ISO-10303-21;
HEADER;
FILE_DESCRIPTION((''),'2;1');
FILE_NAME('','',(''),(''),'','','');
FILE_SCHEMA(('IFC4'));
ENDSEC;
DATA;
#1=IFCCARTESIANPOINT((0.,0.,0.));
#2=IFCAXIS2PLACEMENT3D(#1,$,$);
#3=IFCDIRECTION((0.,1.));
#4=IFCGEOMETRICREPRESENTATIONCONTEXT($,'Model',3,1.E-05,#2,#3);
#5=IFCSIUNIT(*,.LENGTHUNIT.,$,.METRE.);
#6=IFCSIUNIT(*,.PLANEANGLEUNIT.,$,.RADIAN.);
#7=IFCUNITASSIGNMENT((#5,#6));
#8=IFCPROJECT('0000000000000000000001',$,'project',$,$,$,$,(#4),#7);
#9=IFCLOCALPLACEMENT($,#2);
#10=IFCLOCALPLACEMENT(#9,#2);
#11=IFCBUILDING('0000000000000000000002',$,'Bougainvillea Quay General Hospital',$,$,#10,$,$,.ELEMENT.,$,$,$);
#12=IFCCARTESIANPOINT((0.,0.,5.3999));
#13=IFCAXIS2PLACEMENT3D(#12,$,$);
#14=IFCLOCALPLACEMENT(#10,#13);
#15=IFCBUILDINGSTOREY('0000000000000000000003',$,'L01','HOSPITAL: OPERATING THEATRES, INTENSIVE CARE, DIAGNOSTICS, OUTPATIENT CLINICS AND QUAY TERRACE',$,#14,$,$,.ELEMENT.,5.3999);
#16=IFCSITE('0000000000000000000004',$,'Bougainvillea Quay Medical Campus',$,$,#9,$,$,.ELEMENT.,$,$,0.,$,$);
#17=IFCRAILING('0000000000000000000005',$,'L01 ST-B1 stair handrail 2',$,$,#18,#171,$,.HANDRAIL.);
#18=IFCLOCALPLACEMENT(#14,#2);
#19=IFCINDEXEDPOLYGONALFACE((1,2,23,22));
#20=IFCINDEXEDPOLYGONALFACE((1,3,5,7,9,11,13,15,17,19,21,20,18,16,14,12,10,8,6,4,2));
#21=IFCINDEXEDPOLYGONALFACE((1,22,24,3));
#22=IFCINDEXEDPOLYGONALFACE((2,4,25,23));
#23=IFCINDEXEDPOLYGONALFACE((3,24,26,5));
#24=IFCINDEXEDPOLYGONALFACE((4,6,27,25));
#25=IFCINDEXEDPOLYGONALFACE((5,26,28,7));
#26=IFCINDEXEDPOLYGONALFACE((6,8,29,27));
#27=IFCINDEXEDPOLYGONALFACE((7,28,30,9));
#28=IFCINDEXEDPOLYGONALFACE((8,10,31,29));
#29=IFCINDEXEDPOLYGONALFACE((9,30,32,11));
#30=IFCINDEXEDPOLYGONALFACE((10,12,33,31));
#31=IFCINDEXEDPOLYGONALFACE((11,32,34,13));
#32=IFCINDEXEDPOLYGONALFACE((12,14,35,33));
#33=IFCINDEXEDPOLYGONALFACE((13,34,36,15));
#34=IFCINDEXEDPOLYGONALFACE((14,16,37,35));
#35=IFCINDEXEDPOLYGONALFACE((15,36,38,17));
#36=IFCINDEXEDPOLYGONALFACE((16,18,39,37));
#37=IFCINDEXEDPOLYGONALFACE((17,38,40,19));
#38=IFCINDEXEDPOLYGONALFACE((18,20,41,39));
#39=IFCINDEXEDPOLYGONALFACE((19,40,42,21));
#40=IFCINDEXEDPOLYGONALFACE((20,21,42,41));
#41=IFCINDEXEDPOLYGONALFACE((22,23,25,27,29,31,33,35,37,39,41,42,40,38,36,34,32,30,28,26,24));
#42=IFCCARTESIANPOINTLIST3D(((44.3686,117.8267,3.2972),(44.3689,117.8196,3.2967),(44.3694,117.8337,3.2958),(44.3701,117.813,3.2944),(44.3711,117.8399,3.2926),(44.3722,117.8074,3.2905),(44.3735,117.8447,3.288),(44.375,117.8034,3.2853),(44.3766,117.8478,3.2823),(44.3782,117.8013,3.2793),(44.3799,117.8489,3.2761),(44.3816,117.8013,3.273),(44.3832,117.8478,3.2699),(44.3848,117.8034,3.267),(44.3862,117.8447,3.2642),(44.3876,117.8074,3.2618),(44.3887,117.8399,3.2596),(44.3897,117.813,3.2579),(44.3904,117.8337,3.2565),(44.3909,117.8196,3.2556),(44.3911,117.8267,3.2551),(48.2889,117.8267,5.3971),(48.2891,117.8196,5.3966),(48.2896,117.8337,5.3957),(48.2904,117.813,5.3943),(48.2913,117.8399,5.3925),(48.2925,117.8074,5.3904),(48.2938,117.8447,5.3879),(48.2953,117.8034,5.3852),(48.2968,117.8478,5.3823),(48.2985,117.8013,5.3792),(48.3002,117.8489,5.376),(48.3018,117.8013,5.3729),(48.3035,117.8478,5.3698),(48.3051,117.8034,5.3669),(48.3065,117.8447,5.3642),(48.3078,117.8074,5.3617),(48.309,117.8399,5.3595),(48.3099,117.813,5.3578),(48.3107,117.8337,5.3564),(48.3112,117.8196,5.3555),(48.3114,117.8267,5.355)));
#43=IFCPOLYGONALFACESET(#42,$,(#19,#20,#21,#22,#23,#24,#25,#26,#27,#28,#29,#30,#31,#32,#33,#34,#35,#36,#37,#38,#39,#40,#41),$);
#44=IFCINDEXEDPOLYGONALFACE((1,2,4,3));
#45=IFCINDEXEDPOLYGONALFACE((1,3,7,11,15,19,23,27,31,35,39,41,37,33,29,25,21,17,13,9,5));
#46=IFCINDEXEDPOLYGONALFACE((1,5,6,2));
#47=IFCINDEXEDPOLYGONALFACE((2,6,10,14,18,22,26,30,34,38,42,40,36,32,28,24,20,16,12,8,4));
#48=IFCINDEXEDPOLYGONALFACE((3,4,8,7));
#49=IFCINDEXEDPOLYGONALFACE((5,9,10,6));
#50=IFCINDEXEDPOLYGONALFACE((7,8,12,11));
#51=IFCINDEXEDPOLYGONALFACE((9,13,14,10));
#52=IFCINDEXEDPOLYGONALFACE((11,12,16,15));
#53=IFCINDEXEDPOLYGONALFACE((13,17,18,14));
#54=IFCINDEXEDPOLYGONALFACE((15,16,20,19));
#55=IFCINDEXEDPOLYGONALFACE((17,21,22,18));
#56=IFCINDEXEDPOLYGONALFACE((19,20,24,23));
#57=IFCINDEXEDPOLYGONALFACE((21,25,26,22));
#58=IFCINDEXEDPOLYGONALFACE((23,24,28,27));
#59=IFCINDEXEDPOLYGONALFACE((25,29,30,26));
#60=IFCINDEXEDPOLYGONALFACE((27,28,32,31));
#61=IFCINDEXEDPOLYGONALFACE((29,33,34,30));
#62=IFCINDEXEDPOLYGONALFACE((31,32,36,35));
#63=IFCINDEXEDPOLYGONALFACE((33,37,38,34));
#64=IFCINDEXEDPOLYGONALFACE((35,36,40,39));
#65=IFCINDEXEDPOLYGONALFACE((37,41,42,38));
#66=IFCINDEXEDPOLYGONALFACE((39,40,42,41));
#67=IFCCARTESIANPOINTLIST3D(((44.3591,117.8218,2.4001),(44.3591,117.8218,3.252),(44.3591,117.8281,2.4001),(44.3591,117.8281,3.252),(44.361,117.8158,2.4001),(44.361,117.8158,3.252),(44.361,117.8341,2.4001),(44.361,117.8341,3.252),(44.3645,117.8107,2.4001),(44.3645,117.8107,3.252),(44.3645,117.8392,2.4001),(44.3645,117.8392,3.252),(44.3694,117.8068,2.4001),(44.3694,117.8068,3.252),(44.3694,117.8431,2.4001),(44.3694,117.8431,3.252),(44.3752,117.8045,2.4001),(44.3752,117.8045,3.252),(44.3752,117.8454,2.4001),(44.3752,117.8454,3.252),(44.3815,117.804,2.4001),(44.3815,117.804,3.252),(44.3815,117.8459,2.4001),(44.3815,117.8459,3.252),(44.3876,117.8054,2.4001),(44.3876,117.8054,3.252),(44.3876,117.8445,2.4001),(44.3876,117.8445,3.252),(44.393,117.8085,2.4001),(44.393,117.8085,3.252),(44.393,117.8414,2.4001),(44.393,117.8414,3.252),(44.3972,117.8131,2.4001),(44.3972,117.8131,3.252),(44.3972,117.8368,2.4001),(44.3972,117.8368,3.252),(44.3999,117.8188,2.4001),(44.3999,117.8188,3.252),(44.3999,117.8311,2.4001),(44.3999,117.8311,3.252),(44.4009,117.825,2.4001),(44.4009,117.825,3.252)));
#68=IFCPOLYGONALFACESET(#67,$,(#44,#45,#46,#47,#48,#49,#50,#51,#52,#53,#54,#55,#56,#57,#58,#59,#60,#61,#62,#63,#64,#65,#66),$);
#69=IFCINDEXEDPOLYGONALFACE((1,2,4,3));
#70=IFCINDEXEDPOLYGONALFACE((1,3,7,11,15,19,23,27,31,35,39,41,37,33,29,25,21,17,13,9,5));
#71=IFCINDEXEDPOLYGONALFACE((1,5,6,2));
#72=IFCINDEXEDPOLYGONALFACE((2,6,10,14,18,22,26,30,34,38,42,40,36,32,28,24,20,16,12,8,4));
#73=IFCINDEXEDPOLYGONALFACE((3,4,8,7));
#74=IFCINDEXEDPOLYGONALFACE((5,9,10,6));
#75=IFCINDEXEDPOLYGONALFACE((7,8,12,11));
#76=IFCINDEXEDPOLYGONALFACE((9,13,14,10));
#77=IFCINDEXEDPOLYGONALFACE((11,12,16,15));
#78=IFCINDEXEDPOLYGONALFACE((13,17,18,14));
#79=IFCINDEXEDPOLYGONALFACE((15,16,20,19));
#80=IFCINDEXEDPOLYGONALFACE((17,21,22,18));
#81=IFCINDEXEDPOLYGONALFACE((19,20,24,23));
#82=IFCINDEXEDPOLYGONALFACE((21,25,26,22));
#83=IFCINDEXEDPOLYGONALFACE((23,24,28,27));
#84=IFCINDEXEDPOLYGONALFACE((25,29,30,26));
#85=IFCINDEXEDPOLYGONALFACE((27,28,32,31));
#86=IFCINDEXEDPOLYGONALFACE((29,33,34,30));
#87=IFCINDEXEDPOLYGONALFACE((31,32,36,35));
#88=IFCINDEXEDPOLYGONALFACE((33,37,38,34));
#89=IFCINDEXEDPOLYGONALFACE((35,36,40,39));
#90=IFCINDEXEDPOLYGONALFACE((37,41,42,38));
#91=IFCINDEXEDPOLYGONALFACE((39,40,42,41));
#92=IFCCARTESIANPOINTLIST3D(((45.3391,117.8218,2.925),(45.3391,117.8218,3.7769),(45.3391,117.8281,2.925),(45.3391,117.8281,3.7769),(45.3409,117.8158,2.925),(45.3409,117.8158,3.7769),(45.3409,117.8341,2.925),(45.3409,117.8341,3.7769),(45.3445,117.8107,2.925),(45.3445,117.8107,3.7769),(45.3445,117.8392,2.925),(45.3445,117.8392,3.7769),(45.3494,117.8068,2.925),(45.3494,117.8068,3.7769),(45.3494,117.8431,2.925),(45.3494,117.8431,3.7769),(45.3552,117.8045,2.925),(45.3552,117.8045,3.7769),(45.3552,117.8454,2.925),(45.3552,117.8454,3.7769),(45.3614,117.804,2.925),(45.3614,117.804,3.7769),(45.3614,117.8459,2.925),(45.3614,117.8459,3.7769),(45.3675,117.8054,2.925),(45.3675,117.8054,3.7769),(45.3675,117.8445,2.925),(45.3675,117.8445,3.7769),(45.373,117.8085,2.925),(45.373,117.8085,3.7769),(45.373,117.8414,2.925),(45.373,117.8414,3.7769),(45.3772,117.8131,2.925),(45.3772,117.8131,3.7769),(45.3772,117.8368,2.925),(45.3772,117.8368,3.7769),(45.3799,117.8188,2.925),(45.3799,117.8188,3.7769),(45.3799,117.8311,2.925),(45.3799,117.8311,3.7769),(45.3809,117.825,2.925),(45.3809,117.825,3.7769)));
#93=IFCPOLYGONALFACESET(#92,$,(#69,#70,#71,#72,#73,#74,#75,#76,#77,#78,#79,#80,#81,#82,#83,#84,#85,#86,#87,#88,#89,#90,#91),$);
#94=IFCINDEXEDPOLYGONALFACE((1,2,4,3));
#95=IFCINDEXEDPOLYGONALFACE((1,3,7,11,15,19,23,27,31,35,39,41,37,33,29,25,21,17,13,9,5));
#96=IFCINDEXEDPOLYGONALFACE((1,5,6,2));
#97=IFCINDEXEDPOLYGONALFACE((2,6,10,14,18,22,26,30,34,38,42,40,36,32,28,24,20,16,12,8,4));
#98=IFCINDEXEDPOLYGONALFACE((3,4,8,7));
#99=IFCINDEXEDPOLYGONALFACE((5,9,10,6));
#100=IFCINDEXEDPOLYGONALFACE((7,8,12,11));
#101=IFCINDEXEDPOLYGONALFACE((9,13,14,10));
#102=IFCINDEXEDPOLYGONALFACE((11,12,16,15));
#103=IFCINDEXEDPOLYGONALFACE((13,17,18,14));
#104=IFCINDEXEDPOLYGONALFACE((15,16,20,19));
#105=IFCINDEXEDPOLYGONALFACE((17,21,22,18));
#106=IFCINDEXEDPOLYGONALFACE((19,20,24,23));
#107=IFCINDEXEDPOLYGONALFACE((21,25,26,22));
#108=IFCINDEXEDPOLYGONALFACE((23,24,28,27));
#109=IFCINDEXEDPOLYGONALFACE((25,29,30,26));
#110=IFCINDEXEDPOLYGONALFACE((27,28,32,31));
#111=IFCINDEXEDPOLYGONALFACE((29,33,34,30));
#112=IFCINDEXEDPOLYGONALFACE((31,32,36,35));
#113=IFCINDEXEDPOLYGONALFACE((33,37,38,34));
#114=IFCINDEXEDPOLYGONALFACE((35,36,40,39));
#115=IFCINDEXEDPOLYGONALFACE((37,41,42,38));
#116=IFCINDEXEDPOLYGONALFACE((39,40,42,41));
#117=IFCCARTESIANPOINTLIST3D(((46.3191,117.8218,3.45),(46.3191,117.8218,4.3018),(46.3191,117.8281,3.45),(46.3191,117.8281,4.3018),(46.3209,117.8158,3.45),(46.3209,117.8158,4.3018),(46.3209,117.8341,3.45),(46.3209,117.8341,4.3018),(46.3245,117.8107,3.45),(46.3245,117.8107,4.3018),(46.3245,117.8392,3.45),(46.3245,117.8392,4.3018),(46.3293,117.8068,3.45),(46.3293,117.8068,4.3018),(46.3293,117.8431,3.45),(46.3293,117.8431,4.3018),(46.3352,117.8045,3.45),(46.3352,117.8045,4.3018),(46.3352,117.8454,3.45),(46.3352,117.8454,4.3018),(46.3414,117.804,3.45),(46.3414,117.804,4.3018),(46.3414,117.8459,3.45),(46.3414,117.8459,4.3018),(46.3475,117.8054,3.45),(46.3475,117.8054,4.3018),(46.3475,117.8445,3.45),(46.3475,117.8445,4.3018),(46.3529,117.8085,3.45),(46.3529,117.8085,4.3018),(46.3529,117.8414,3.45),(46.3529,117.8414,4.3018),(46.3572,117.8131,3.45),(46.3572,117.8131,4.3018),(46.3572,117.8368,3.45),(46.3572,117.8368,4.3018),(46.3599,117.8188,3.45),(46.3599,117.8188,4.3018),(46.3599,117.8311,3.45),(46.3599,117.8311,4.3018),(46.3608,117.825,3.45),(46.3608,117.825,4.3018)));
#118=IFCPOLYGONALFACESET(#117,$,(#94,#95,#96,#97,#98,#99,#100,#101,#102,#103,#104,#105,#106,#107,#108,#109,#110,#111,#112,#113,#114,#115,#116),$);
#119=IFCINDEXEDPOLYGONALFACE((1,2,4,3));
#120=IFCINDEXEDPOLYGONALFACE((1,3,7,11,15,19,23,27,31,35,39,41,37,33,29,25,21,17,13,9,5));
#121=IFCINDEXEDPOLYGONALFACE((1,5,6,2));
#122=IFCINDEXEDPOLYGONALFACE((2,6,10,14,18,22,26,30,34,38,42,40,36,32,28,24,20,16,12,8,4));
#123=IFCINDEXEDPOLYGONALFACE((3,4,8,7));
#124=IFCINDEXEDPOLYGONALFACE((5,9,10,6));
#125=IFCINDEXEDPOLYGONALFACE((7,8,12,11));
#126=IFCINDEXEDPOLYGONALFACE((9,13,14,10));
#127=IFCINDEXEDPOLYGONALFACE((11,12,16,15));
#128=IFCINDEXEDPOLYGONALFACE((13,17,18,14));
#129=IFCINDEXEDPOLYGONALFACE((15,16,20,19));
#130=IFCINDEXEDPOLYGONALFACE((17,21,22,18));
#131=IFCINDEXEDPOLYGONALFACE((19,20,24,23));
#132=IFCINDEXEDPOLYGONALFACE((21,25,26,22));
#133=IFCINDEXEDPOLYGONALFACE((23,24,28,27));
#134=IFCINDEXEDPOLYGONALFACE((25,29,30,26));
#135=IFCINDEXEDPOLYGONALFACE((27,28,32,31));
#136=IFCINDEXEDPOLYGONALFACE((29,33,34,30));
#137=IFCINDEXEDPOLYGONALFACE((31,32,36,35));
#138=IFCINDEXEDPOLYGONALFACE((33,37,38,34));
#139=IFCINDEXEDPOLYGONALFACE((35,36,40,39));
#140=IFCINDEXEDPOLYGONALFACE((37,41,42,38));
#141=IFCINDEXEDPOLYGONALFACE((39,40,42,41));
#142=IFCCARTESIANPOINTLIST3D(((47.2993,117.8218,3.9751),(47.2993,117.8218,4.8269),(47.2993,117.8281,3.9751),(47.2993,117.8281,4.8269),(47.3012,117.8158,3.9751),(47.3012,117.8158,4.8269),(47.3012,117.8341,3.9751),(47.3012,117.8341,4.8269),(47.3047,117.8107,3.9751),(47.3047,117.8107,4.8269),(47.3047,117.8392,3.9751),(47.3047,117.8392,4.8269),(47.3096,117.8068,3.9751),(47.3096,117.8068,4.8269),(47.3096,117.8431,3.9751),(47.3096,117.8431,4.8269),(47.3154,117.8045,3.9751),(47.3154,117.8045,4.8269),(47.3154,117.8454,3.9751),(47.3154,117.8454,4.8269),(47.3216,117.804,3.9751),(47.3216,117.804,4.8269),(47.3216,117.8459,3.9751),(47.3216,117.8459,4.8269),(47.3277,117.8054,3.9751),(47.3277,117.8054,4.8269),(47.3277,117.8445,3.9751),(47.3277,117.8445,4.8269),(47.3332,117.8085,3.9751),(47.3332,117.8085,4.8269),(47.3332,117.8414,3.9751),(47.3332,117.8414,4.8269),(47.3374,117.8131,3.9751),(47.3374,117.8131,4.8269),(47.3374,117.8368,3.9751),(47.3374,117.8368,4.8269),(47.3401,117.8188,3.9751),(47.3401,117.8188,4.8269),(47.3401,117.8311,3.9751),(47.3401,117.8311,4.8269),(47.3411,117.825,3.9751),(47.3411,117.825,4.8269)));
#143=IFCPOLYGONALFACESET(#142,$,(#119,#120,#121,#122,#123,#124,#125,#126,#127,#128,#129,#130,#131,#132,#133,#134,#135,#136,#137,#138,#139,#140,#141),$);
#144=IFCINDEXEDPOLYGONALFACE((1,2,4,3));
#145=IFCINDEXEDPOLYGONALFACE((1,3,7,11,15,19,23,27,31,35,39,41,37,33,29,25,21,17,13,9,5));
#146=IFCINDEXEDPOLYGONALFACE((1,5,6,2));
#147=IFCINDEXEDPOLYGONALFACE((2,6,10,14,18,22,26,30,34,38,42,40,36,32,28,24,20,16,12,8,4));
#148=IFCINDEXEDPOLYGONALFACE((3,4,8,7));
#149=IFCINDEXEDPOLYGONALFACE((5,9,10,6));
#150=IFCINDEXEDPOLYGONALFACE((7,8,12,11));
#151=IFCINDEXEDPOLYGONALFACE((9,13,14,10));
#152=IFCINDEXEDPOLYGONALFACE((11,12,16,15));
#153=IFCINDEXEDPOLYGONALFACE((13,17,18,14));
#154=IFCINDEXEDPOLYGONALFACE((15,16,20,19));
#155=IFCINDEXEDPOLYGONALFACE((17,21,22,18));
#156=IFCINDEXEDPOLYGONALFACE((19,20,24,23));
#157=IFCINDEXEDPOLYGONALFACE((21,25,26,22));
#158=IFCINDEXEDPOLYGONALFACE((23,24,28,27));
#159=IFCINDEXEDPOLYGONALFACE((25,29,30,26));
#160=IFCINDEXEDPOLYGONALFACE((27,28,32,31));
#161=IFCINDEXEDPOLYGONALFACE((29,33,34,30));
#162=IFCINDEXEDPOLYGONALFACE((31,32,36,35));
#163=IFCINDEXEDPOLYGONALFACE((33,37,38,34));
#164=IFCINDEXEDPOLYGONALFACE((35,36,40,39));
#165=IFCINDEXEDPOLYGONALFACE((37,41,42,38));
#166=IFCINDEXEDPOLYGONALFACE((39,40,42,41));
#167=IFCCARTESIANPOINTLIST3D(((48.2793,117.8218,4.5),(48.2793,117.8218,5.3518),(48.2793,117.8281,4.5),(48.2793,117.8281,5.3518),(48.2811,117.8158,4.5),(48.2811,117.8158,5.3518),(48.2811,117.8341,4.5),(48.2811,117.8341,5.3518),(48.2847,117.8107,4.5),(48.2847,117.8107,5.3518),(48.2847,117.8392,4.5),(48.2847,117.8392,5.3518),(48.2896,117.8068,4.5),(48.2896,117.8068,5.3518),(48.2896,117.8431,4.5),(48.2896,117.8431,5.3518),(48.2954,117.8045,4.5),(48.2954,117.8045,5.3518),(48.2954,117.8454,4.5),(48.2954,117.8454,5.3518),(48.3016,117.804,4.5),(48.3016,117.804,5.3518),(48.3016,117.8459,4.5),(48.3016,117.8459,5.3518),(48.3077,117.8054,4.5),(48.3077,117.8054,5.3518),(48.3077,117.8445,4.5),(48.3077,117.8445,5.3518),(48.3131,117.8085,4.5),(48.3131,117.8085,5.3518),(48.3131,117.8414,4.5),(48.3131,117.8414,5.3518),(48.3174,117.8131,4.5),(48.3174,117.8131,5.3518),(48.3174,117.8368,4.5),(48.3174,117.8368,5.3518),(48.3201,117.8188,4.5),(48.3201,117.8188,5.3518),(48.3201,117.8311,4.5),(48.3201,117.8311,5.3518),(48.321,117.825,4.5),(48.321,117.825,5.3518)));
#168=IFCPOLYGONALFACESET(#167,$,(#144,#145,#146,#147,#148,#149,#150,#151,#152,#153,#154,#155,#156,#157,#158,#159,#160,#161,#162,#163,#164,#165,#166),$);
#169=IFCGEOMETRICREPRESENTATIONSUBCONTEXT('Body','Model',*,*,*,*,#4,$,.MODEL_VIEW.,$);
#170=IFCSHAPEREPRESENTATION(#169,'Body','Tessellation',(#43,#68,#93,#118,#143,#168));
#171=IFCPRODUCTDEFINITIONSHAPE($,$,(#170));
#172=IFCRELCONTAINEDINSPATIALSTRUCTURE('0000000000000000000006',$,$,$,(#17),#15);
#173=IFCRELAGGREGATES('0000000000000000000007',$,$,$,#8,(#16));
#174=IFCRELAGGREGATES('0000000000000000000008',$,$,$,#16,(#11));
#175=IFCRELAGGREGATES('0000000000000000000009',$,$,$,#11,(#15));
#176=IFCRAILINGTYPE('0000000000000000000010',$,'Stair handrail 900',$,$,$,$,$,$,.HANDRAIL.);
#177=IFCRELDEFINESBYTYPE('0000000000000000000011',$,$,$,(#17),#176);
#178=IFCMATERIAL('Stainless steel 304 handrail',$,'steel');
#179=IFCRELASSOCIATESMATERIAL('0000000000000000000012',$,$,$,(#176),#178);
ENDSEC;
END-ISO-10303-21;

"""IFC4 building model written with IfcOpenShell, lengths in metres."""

from ifc_helpers import new_model, si_unit, direction, frame, origin, origin_2d, place, context, subcontext, project, spatial, circle, extrude, material, type_object, element, save


model = new_model("IFC4")

# Units and contexts
model_context = context("Model", 3, precision=1e-05, world=origin(), true_north=direction((0.0, 1.0)))
body_context = subcontext(model_context, "Body", "Model", "MODEL_VIEW")
ifc_project = project(units=[si_unit("LENGTHUNIT", "METRE"), si_unit("PLANEANGLEUNIT", "RADIAN")], contexts=[model_context])

# Site, building, storey
site_placement = place(None, origin())
site = spatial("IfcSite", under=ifc_project, at=site_placement, Name="Bougainvillea Quay Medical Campus", CompositionType="ELEMENT", RefElevation=0.0)
building_placement = place(site_placement, origin())
building = spatial("IfcBuilding", under=site, at=building_placement, Name="Bougainvillea Quay General Hospital", CompositionType="ELEMENT")
storey_placement = place(building_placement, frame((0.0, 0.0, 5.3999)))
storey = spatial("IfcBuildingStorey", under=building, at=storey_placement, Name="L01", Description="HOSPITAL: OPERATING THEATRES, INTENSIVE CARE, DIAGNOSTICS, OUTPATIENT CLINICS AND QUAY TERRACE", CompositionType="ELEMENT", Elevation=5.3999)

# Railing
ifc_material_1 = material(Name="Stainless steel 304 handrail", Category="steel")
railing_type = type_object("IfcRailingType", Name="Stair handrail 900", PredefinedType="HANDRAIL", material=ifc_material_1)
railing_placement = place(storey_placement, frame((44.3799, 117.825, 2.4001)))
element("IfcRailing", 1, at=railing_placement, inside=storey, type_object=railing_type, Name="L01 ST-B1 stair handrail 2", PredefinedType="HANDRAIL", context=body_context, shape_type="SweptSolid", body=[
    extrude(circle(Radius=0.0239, at=origin_2d()), frame((0.0, 0.0, 0.876), z_axis=(0.881502, 0.0, 0.47218), x_axis=(0.0, 1.0, 0.0)), (0.0, 0.0, 1.0), 4.4473),
    extrude(circle(Radius=0.021, at=origin_2d()), origin(), (0.0, 0.0, 1.0), 0.8518),
    extrude(circle(Radius=0.021, at=origin_2d()), frame((0.98, 0.0, 0.5249)), (0.0, 0.0, 1.0), 0.8518),
    extrude(circle(Radius=0.021, at=origin_2d()), frame((1.96, 0.0, 1.0498)), (0.0, 0.0, 1.0), 0.8518),
    extrude(circle(Radius=0.021, at=origin_2d()), frame((2.9402, 0.0, 1.575)), (0.0, 0.0, 1.0), 0.8518),
    extrude(circle(Radius=0.021, at=origin_2d()), frame((3.9202, 0.0, 2.0999)), (0.0, 0.0, 1.0), 0.8518),
])

save(model, "model.ifc")
